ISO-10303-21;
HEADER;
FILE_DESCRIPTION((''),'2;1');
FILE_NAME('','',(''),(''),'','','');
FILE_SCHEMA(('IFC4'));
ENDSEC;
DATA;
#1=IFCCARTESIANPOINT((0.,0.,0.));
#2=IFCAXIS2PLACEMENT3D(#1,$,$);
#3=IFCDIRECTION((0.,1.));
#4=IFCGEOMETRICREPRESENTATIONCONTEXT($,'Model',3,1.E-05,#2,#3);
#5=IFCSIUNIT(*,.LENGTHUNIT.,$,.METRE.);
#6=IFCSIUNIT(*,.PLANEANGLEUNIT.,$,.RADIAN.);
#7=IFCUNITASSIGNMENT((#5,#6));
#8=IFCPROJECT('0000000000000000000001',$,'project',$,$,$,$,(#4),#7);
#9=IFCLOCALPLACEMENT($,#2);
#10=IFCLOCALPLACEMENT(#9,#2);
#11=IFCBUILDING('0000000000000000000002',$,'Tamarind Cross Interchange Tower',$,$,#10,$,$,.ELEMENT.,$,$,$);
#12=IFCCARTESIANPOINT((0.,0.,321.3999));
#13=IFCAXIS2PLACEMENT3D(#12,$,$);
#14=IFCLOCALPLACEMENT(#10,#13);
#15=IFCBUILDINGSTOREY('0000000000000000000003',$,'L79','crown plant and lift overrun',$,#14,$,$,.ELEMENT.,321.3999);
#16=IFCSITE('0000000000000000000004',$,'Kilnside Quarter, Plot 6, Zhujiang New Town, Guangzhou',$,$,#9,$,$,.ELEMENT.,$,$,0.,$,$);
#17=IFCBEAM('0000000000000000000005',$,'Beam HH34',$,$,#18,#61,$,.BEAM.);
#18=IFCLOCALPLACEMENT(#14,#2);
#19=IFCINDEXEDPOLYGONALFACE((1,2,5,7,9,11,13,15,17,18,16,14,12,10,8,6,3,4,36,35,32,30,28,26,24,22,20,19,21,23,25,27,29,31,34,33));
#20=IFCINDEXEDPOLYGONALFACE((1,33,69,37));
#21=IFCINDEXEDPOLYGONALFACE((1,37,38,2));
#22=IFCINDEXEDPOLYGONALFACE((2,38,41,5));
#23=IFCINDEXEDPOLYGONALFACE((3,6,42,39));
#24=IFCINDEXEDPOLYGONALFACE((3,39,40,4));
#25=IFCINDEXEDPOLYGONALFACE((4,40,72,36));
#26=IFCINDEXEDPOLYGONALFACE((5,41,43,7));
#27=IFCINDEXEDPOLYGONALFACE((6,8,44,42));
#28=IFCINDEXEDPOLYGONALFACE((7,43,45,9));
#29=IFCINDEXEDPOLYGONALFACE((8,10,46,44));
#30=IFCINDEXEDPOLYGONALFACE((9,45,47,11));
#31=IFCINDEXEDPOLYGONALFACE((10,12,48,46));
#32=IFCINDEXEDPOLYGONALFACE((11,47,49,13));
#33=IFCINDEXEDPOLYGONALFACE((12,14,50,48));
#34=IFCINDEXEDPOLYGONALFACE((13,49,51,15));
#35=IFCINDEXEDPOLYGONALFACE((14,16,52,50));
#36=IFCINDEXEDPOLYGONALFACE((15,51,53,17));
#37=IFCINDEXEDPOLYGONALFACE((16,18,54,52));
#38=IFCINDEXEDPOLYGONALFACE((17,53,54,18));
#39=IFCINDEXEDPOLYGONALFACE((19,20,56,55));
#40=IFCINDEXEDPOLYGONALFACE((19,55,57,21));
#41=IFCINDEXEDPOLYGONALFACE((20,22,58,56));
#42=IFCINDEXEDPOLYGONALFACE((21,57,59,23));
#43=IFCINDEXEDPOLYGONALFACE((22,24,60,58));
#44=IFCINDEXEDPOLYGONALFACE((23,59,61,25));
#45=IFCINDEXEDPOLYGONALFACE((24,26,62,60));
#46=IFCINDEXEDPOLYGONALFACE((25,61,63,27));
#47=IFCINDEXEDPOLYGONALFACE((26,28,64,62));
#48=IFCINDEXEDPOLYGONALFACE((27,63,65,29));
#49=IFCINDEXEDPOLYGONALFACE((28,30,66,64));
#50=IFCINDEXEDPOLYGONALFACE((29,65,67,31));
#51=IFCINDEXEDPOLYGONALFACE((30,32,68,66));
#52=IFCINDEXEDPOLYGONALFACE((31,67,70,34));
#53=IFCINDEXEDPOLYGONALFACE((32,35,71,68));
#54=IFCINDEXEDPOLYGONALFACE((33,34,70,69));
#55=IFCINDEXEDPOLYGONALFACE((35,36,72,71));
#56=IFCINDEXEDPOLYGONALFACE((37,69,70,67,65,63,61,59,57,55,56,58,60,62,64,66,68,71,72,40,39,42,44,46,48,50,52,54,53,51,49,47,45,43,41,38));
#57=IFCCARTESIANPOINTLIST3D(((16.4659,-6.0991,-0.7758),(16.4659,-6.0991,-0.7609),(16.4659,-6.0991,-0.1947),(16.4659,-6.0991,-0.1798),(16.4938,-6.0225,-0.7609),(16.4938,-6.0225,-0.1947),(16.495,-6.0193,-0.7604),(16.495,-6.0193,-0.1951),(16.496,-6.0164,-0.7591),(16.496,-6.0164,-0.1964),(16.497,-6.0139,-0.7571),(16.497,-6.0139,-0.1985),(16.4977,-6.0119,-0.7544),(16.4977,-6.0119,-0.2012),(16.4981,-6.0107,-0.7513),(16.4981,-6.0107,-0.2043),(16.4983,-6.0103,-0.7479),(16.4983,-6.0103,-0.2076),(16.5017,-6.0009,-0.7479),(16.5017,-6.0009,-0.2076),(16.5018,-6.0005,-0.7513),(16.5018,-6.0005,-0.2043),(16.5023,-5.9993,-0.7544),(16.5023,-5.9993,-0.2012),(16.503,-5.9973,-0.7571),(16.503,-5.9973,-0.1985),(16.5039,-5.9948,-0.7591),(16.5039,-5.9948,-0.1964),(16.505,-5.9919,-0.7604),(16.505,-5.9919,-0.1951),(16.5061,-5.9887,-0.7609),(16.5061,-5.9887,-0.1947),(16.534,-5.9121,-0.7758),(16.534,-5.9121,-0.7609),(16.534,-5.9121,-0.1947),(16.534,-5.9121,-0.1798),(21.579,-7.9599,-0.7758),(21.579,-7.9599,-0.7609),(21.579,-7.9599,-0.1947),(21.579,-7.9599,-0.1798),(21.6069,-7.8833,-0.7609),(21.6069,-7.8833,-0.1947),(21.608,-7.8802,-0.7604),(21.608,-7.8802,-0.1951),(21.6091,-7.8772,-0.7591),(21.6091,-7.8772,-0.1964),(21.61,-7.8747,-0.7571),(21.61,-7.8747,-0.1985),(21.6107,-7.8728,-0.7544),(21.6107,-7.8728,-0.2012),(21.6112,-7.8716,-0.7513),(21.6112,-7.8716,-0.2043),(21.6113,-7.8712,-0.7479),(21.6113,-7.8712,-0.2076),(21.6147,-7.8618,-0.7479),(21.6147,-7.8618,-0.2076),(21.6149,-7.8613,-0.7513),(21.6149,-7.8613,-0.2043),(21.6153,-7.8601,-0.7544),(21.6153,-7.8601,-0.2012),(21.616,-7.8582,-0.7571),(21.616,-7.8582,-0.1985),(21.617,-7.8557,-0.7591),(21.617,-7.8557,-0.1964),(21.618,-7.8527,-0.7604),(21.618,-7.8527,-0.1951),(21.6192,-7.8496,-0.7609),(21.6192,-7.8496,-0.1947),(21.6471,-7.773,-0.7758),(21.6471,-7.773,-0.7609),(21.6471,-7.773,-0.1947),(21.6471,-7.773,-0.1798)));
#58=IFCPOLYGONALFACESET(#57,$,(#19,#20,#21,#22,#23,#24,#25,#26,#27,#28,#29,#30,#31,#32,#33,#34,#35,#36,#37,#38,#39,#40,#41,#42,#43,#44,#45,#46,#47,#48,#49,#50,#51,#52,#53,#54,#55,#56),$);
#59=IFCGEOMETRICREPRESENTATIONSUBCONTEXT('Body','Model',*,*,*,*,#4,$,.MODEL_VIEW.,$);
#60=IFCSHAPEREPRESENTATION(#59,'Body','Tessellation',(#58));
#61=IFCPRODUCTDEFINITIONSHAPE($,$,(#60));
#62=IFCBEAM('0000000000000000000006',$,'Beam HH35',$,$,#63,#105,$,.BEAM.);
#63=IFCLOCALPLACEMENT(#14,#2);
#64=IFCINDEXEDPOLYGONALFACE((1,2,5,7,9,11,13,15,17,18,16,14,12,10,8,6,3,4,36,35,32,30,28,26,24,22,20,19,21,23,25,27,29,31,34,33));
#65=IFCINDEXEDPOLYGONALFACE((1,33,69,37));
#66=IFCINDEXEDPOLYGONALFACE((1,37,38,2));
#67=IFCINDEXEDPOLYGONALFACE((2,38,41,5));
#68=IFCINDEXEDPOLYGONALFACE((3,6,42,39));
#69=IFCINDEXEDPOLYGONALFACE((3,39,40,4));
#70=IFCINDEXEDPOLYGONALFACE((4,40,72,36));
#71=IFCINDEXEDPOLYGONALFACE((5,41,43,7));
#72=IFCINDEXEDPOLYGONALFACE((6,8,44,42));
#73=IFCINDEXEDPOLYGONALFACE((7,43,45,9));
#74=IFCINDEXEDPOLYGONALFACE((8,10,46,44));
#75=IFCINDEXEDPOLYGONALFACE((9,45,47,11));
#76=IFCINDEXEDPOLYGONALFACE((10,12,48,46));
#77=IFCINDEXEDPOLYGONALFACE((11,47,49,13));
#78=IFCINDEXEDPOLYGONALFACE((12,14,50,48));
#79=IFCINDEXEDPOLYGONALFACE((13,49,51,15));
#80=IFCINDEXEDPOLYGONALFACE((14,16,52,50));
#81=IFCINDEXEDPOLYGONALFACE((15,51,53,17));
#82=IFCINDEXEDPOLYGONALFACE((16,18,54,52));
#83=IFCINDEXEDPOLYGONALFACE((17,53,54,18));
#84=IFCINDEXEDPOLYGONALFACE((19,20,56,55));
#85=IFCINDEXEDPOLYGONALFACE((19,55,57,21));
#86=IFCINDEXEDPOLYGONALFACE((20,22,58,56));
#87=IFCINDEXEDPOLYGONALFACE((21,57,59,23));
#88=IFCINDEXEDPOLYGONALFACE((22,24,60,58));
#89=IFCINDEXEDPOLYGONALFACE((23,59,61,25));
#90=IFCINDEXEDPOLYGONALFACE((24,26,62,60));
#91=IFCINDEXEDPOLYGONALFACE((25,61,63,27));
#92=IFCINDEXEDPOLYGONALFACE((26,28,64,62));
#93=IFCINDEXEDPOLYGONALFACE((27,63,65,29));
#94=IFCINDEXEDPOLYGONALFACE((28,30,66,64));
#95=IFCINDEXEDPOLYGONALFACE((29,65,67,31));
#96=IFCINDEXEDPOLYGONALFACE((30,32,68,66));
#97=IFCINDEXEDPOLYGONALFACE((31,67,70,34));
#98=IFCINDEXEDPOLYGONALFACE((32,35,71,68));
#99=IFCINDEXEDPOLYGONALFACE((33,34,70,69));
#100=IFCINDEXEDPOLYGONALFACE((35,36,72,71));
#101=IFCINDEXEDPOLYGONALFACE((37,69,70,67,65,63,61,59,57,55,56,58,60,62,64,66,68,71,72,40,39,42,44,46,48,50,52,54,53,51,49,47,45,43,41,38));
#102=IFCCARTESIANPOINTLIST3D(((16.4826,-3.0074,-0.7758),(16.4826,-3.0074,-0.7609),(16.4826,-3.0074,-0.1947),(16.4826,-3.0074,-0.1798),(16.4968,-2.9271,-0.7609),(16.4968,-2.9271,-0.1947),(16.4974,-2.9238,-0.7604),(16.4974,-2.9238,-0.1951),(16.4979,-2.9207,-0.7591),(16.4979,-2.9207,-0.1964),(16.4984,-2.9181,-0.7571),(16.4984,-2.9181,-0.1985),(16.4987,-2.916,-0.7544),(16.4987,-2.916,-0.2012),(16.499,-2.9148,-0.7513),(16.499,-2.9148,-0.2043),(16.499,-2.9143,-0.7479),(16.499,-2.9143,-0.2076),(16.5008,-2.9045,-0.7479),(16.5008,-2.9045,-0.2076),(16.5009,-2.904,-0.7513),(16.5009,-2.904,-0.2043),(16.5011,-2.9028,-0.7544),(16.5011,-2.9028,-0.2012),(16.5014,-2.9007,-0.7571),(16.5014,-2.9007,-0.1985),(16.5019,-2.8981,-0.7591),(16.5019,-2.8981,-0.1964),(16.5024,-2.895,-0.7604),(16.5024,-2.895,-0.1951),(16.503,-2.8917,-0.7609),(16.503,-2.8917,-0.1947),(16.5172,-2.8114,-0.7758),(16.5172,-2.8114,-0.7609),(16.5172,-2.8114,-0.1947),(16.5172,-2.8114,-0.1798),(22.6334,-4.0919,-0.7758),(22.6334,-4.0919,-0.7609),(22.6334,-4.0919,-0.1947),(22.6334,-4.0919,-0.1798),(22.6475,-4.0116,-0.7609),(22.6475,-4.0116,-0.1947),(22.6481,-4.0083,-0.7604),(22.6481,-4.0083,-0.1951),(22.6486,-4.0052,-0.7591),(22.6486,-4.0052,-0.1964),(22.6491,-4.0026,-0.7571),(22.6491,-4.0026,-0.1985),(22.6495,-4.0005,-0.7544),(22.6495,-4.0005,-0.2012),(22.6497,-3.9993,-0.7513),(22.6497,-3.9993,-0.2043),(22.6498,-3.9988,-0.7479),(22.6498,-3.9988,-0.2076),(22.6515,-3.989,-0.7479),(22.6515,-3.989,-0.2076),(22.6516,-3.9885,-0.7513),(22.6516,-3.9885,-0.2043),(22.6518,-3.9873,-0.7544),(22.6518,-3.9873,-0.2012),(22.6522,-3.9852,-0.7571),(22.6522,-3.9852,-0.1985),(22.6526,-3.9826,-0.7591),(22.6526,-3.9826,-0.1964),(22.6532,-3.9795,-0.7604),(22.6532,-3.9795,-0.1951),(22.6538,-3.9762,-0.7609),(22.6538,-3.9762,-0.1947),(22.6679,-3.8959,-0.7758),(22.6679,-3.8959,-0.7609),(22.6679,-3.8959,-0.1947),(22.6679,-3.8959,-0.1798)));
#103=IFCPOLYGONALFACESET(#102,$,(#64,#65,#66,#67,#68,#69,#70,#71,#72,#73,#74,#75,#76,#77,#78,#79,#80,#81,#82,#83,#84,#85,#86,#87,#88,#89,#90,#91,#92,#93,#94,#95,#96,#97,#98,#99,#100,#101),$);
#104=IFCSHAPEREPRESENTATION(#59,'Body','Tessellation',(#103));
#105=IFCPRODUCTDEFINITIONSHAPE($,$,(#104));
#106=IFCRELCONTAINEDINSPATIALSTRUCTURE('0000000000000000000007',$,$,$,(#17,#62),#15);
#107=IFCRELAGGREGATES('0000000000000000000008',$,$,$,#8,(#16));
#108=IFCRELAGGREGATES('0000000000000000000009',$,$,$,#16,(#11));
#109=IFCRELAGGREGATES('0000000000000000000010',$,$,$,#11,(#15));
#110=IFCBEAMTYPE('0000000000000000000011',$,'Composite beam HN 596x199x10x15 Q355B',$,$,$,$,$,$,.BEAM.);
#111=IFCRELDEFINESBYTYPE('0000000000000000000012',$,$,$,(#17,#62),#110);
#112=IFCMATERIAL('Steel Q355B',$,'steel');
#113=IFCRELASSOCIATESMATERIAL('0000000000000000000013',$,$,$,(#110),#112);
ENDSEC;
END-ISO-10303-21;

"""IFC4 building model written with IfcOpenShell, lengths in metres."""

from ifc_helpers import new_model, si_unit, direction, frame, origin, origin_2d, place, context, subcontext, project, spatial, i_section, extrude, material, material_profile, profile_set, type_object, element, save


model = new_model("IFC4")

# Units and contexts
model_context = context("Model", 3, precision=1e-05, world=origin(), true_north=direction((0.0, 1.0)))
body_context = subcontext(model_context, "Body", "Model", "MODEL_VIEW")
ifc_project = project(units=[si_unit("LENGTHUNIT", "METRE"), si_unit("PLANEANGLEUNIT", "RADIAN")], contexts=[model_context])

# Site, building, storey
site_placement = place(None, origin())
site = spatial("IfcSite", under=ifc_project, at=site_placement, Name="Kilnside Quarter, Plot 6, Zhujiang New Town, Guangzhou", CompositionType="ELEMENT", RefElevation=0.0)
building_placement = place(site_placement, origin())
building = spatial("IfcBuilding", under=site, at=building_placement, Name="Tamarind Cross Interchange Tower", CompositionType="ELEMENT")
storey_placement = place(building_placement, frame((0.0, 0.0, 321.3999)))
storey = spatial("IfcBuildingStorey", under=building, at=storey_placement, Name="L79", Description="crown plant and lift overrun", CompositionType="ELEMENT", Elevation=321.3999)

# Beams
ifc_material_1 = material(Name="Steel Q355B", Category="steel")
ifc_material_profile_1 = material_profile(ifc_material_1, i_section(OverallWidth=0.199, OverallDepth=0.5959, WebThickness=0.01, FlangeThickness=0.0149, FilletRadius=0.0129, at=origin_2d()), Name="HN 596x199x10x15")
ifc_profile_set_1 = profile_set([ifc_material_profile_1], Name="Steel Q355B")
beam_type = type_object("IfcBeamType", Name="Composite beam HN 596x199x10x15 Q355B", PredefinedType="BEAM", material=ifc_profile_set_1)
beam_1_placement = place(storey_placement, frame((21.613, -7.8665, -0.4778), z_axis=(-0.939702, 0.341995, 0.0), x_axis=(-0.341995, -0.939702, 0.0)))
element("IfcBeam", 1, at=beam_1_placement, inside=storey, type_object=beam_type, Name="Beam HH34", PredefinedType="BEAM", context=body_context, shape_type="SweptSolid", body=[
    extrude(i_section(OverallWidth=0.199, OverallDepth=0.5959, WebThickness=0.01, FlangeThickness=0.0149, FilletRadius=0.0129, at=origin_2d()), origin(), (0.0, 0.0, 1.0), 5.4412),
])
beam_2_placement = place(storey_placement, frame((22.6506, -3.9939, -0.4778), z_axis=(-0.984809, 0.17364, 0.0), x_axis=(-0.17364, -0.984809, 0.0)))
element("IfcBeam", 2, at=beam_2_placement, inside=storey, type_object=beam_type, Name="Beam HH35", PredefinedType="BEAM", context=body_context, shape_type="SweptSolid", body=[
    extrude(i_section(OverallWidth=0.199, OverallDepth=0.5959, WebThickness=0.01, FlangeThickness=0.0149, FilletRadius=0.0129, at=origin_2d()), origin(), (0.0, 0.0, 1.0), 6.2456),
])

save(model, "model.ifc")
